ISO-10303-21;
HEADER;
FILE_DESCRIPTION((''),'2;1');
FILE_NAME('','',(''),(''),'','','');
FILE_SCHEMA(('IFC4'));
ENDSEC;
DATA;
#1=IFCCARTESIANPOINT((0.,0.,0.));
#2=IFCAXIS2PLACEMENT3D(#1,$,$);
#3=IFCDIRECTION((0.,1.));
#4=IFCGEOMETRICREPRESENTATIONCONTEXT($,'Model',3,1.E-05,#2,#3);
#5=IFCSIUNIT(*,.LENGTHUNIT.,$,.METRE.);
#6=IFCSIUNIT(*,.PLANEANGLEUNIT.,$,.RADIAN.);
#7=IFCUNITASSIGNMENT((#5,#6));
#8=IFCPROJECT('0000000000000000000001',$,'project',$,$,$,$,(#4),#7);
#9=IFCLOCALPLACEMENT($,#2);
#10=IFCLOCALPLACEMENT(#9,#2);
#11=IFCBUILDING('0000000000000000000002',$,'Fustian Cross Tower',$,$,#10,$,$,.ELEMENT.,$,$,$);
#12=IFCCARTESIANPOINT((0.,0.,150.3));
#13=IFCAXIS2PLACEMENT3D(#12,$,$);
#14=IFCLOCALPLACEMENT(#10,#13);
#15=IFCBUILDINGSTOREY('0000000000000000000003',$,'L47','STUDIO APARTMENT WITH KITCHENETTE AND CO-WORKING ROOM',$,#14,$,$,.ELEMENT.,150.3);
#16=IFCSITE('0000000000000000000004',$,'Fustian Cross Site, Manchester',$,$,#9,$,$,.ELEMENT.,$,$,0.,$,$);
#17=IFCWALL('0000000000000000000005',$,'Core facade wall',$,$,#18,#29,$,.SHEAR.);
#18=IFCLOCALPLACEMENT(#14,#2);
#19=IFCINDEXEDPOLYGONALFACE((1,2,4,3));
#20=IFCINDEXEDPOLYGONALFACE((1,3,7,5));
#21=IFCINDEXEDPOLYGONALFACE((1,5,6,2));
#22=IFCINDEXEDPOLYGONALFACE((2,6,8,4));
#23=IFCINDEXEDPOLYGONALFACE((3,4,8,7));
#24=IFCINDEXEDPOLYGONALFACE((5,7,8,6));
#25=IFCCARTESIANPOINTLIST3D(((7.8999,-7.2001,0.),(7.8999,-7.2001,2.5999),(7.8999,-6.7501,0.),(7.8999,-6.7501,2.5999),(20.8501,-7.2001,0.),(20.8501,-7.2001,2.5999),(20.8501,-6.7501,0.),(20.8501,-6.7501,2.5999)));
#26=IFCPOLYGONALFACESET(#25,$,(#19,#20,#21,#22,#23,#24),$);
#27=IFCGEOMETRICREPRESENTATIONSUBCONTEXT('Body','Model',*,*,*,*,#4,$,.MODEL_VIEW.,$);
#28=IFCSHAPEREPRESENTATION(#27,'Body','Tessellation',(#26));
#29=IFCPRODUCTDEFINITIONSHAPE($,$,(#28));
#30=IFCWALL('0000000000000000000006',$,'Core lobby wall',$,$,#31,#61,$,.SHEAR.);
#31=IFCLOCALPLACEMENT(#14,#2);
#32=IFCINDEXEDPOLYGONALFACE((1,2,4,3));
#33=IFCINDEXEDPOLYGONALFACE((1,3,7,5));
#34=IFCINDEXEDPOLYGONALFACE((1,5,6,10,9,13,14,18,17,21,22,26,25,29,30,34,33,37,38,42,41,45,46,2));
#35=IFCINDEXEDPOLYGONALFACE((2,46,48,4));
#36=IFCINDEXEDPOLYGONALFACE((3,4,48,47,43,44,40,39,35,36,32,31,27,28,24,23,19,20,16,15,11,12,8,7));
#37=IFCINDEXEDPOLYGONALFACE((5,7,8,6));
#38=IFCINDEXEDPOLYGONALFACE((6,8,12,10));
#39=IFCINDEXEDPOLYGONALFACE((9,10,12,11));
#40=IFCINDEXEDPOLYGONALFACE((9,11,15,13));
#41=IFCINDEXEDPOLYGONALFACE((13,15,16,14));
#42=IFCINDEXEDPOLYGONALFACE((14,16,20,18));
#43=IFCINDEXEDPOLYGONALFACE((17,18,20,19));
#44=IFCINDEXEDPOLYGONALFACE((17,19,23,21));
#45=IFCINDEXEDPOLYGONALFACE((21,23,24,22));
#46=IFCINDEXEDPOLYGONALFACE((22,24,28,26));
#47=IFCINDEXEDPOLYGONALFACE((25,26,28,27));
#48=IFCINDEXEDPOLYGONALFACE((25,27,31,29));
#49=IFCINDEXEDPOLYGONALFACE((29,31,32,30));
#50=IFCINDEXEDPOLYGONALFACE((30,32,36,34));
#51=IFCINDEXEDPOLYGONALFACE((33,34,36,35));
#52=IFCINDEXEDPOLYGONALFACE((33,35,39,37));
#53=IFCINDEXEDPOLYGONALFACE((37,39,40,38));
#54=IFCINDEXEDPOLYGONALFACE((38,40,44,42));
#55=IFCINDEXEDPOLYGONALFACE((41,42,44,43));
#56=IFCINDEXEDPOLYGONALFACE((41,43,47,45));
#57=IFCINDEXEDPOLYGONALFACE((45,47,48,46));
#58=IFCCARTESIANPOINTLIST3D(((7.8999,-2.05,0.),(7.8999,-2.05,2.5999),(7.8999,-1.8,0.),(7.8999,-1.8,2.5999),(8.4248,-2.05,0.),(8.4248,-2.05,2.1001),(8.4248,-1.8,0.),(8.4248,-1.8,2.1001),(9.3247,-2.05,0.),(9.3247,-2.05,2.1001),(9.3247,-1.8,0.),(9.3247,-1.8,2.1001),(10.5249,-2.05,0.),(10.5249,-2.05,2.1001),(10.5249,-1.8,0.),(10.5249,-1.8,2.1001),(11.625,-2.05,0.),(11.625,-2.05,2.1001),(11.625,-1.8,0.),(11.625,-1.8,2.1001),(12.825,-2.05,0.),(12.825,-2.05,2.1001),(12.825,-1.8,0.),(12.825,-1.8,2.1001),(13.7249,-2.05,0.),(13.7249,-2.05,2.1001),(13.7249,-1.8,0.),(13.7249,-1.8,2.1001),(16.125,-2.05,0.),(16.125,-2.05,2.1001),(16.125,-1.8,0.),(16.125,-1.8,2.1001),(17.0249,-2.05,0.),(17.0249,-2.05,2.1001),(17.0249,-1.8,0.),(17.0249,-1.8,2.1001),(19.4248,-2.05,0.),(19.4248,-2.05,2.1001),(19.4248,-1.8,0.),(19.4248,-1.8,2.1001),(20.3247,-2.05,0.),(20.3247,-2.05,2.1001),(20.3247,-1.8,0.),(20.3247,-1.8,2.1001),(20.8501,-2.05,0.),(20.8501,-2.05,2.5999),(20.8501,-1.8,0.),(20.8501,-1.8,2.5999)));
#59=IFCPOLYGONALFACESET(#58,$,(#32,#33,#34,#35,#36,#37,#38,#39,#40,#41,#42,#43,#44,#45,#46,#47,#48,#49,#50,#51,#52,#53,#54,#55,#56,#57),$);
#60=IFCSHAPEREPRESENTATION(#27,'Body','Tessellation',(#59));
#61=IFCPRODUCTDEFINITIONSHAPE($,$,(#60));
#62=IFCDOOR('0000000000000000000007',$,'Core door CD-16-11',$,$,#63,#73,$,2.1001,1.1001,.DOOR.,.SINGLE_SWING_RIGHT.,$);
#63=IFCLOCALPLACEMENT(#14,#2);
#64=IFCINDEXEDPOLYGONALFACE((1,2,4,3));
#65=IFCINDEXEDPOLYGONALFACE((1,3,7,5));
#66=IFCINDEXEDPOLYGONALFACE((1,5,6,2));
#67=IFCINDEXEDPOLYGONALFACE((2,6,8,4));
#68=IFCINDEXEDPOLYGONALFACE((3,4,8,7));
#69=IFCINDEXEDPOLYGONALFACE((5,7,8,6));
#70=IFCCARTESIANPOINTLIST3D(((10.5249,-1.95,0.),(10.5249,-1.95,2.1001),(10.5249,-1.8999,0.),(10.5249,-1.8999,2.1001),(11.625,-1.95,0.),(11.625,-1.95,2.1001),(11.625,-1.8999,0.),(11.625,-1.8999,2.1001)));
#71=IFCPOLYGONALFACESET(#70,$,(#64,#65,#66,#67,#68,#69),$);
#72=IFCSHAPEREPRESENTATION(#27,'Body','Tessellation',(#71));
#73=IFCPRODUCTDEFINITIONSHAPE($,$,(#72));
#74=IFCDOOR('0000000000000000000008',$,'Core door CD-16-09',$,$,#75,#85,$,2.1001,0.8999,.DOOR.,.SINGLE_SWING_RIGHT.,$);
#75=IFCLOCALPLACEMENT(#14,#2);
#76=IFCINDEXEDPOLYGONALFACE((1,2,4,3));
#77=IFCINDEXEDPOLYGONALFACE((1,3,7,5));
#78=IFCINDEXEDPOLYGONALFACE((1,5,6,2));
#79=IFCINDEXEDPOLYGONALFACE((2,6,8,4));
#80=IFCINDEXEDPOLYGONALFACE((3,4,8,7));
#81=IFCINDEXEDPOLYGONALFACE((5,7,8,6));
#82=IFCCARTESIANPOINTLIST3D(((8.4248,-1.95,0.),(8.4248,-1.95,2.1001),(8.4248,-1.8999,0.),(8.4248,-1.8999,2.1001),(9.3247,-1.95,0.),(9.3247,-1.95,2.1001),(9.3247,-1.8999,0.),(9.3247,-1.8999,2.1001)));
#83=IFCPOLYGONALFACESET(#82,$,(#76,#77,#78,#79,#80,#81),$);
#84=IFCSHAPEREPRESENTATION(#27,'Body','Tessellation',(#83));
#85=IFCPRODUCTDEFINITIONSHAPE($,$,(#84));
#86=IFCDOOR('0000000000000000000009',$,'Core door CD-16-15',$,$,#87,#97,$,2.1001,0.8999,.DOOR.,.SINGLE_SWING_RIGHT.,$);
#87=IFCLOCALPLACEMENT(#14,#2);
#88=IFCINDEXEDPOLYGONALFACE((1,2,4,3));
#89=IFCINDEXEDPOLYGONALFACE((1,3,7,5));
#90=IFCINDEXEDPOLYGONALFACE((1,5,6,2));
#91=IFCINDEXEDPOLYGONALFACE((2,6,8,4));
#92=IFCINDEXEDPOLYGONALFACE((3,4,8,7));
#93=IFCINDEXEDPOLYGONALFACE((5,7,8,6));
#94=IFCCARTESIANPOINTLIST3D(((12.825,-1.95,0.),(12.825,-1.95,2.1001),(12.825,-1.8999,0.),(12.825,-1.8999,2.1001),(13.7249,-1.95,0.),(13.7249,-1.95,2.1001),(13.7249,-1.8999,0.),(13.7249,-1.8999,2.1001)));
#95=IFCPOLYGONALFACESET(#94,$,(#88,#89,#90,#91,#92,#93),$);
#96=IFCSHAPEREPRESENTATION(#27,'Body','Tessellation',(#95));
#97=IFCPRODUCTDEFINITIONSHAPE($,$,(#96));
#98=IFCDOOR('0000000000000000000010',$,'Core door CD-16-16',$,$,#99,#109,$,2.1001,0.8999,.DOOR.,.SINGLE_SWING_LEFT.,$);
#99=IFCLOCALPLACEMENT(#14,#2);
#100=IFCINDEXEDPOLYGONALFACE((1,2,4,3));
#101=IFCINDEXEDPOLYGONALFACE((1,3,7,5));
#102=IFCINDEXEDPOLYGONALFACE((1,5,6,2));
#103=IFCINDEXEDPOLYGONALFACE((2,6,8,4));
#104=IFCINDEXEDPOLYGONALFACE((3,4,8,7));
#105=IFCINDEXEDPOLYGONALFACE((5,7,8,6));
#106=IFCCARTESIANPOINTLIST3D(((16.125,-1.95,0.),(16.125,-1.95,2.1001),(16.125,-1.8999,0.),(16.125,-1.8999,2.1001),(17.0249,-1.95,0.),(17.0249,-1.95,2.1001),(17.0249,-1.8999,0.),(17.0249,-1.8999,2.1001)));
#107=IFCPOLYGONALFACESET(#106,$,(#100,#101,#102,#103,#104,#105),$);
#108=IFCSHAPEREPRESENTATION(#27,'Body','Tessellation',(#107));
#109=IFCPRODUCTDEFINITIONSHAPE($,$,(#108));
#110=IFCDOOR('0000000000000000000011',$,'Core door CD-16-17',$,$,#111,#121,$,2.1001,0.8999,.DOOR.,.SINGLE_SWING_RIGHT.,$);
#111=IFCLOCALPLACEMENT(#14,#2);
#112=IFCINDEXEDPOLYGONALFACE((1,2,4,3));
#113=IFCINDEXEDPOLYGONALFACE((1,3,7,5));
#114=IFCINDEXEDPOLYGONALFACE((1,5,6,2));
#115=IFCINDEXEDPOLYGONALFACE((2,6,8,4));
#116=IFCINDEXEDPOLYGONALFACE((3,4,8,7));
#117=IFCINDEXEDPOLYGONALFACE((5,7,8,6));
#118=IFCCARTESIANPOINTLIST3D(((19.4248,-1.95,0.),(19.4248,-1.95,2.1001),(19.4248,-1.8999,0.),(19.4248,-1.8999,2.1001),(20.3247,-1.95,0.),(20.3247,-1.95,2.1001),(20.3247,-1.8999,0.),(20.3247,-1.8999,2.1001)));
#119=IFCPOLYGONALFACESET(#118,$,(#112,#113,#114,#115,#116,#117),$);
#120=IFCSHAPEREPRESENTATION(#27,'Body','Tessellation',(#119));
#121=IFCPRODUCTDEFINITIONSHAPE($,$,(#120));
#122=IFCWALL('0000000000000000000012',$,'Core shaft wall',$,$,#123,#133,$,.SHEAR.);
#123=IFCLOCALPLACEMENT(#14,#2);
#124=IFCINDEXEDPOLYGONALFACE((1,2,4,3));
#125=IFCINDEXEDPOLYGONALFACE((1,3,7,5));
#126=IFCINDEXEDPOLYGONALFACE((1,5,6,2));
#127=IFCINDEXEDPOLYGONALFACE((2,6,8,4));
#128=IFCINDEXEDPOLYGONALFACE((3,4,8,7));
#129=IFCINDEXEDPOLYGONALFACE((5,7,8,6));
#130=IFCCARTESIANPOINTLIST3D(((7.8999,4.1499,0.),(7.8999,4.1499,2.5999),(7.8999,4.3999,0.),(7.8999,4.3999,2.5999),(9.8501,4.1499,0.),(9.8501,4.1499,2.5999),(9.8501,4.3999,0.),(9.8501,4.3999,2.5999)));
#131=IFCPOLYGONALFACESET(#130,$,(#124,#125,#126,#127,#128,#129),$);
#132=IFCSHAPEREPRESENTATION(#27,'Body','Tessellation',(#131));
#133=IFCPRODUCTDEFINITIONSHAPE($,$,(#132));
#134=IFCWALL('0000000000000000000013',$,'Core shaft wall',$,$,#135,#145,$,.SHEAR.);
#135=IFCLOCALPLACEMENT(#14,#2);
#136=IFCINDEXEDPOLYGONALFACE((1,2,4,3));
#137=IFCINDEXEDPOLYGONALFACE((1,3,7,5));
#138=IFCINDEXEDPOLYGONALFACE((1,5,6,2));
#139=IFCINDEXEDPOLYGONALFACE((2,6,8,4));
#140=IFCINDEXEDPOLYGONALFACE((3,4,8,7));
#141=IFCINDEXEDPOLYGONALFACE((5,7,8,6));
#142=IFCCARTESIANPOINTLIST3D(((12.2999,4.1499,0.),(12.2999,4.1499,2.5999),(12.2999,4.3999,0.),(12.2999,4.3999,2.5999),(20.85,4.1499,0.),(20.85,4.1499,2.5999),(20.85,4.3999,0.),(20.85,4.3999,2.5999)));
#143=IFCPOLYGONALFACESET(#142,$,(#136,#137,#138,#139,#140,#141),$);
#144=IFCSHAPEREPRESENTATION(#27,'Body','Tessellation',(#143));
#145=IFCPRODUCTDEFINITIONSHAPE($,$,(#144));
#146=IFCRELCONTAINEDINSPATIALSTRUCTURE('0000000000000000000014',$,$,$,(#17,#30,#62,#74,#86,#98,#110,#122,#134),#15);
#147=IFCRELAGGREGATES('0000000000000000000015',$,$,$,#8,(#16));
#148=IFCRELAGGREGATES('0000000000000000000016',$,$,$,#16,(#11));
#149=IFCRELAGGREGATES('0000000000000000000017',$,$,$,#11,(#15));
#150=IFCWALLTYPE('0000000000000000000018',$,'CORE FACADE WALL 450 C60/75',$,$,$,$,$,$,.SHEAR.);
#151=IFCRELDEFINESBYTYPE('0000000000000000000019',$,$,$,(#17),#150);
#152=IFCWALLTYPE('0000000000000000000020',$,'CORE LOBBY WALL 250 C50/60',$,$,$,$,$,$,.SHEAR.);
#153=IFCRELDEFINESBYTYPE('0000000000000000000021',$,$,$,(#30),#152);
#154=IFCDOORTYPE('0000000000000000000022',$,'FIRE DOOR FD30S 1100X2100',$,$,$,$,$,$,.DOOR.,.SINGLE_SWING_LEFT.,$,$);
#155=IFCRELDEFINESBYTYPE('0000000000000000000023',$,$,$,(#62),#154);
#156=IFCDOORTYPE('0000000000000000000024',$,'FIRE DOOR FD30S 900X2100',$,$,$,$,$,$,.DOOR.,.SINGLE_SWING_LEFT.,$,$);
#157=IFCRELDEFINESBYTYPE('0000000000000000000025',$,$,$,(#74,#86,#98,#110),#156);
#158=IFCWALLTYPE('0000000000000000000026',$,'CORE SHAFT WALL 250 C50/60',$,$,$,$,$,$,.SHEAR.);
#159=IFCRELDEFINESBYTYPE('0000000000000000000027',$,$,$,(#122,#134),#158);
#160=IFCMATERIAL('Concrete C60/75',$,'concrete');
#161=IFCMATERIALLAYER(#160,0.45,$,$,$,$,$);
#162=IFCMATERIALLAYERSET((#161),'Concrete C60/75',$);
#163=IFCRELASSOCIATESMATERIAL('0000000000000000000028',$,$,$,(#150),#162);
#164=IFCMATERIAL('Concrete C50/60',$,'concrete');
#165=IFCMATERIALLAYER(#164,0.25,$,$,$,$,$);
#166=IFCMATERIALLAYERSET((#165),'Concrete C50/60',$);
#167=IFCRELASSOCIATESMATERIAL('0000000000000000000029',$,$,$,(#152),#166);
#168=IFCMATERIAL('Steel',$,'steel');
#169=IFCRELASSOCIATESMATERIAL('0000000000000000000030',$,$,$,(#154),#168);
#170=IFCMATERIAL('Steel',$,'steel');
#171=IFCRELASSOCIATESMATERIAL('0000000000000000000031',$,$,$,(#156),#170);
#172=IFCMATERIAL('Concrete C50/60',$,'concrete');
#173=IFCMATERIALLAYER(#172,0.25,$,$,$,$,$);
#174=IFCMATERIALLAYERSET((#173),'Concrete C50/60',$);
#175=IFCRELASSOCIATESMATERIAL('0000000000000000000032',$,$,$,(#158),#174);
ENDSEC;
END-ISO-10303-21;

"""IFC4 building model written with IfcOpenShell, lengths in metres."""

from ifc_helpers import new_model, si_unit, direction, frame, frame_2d, origin, place, context, subcontext, project, spatial, rectangle, extrude, material, layer, layer_set, type_object, element, fill, save


model = new_model("IFC4")

# Units and contexts
model_context = context("Model", 3, precision=1e-05, world=origin(), true_north=direction((0.0, 1.0)))
body_context = subcontext(model_context, "Body", "Model", "MODEL_VIEW")
ifc_project = project(units=[si_unit("LENGTHUNIT", "METRE"), si_unit("PLANEANGLEUNIT", "RADIAN")], contexts=[model_context])

# Site, building, storey
site_placement = place(None, origin())
site = spatial("IfcSite", under=ifc_project, at=site_placement, Name="Fustian Cross Site, Manchester", CompositionType="ELEMENT", RefElevation=0.0)
building_placement = place(site_placement, origin())
building = spatial("IfcBuilding", under=site, at=building_placement, Name="Fustian Cross Tower", CompositionType="ELEMENT")
storey_placement = place(building_placement, frame((0.0, 0.0, 150.3)))
storey = spatial("IfcBuildingStorey", under=building, at=storey_placement, Name="L47", Description="STUDIO APARTMENT WITH KITCHENETTE AND CO-WORKING ROOM", CompositionType="ELEMENT", Elevation=150.3)

# Wall
ifc_material_1 = material(Name="Concrete C60/75", Category="concrete")
ifc_layer_1 = layer(ifc_material_1, 0.45)
ifc_layer_set_1 = layer_set([ifc_layer_1], Name="Concrete C60/75")
wall_type_1 = type_object("IfcWallType", Name="CORE FACADE WALL 450 C60/75", PredefinedType="SHEAR", material=ifc_layer_set_1)
wall_1_placement = place(storey_placement, frame((7.8999, -6.9751, 0.0), z_axis=(0.0, 0.0, 1.0), x_axis=(1.0, 0.0, 0.0)))
element("IfcWall", 1, at=wall_1_placement, inside=storey, type_object=wall_type_1, Name="Core facade wall", PredefinedType="SHEAR", context=body_context, shape_type="SweptSolid", body=[
    extrude(rectangle(XDim=12.9502, YDim=0.45, at=frame_2d((6.4751, 0.0))), origin(), (0.0, 0.0, 1.0), 2.5999),
])

# Wall, openings, doors
ifc_material_2 = material(Name="Concrete C50/60", Category="concrete")
ifc_layer_2 = layer(ifc_material_2, 0.25)
ifc_layer_set_2 = layer_set([ifc_layer_2], Name="Concrete C50/60")
wall_type_2 = type_object("IfcWallType", Name="CORE LOBBY WALL 250 C50/60", PredefinedType="SHEAR", material=ifc_layer_set_2)
wall_2_placement = place(storey_placement, frame((7.8999, -1.925, 0.0), z_axis=(0.0, 0.0, 1.0), x_axis=(1.0, 0.0, 0.0)))
wall_2 = element("IfcWall", 2, at=wall_2_placement, inside=storey, type_object=wall_type_2, Name="Core lobby wall", PredefinedType="SHEAR", context=body_context, shape_type="SweptSolid", body=[
    extrude(rectangle(XDim=12.9502, YDim=0.25, at=frame_2d((6.4751, 0.0))), origin(), (0.0, 0.0, 1.0), 2.5999),
])
opening_1_placement = place(wall_2_placement, frame((0.5249, 0.0, 0.0)))
opening_1 = element("IfcOpeningElement", 3, at=opening_1_placement, cuts=wall_2, PredefinedType="OPENING", context=body_context, shape_type="SweptSolid", body=[
    extrude(rectangle(XDim=0.8999, YDim=2.1001, at=frame_2d((0.45, 1.05))), frame((0.0, 0.135, 0.0), z_axis=(0.0, -1.0, 0.0), x_axis=(1.0, 0.0, 0.0)), (0.0, 0.0, 1.0), 0.27),
])
opening_2_placement = place(wall_2_placement, frame((2.625, 0.0, 0.0)))
opening_2 = element("IfcOpeningElement", 4, at=opening_2_placement, cuts=wall_2, PredefinedType="OPENING", context=body_context, shape_type="SweptSolid", body=[
    extrude(rectangle(XDim=1.1001, YDim=2.1001, at=frame_2d((0.55, 1.05))), frame((0.0, 0.135, 0.0), z_axis=(0.0, -1.0, 0.0), x_axis=(1.0, 0.0, 0.0)), (0.0, 0.0, 1.0), 0.27),
])
opening_3_placement = place(wall_2_placement, frame((4.925, 0.0, 0.0)))
opening_3 = element("IfcOpeningElement", 5, at=opening_3_placement, cuts=wall_2, PredefinedType="OPENING", context=body_context, shape_type="SweptSolid", body=[
    extrude(rectangle(XDim=0.8999, YDim=2.1001, at=frame_2d((0.45, 1.05))), frame((0.0, 0.135, 0.0), z_axis=(0.0, -1.0, 0.0), x_axis=(1.0, 0.0, 0.0)), (0.0, 0.0, 1.0), 0.27),
])
opening_4_placement = place(wall_2_placement, frame((8.2251, 0.0, 0.0)))
opening_4 = element("IfcOpeningElement", 6, at=opening_4_placement, cuts=wall_2, PredefinedType="OPENING", context=body_context, shape_type="SweptSolid", body=[
    extrude(rectangle(XDim=0.8999, YDim=2.1001, at=frame_2d((0.45, 1.05))), frame((0.0, 0.135, 0.0), z_axis=(0.0, -1.0, 0.0), x_axis=(1.0, 0.0, 0.0)), (0.0, 0.0, 1.0), 0.27),
])
opening_5_placement = place(wall_2_placement, frame((11.5249, 0.0, 0.0)))
opening_5 = element("IfcOpeningElement", 7, at=opening_5_placement, cuts=wall_2, PredefinedType="OPENING", context=body_context, shape_type="SweptSolid", body=[
    extrude(rectangle(XDim=0.8999, YDim=2.1001, at=frame_2d((0.45, 1.05))), frame((0.0, 0.135, 0.0), z_axis=(0.0, -1.0, 0.0), x_axis=(1.0, 0.0, 0.0)), (0.0, 0.0, 1.0), 0.27),
])
ifc_material_3 = material(Name="Steel", Category="steel")
door_type_1 = type_object("IfcDoorType", Name="FIRE DOOR FD30S 1100X2100", OperationType="SINGLE_SWING_LEFT", PredefinedType="DOOR", material=ifc_material_3)
door_1_placement = place(opening_2_placement, frame((1.1001, 0.0, 0.0), z_axis=(0.0, 0.0, 1.0), x_axis=(-1.0, 0.0, 0.0)))
door_1 = element("IfcDoor", 8, at=door_1_placement, inside=storey, type_object=door_type_1, Name="Core door CD-16-11", OperationType="SINGLE_SWING_RIGHT", OverallHeight=2.1001, OverallWidth=1.1001, PredefinedType="DOOR", context=body_context, shape_type="SweptSolid", body=[
    extrude(rectangle(XDim=1.1001, YDim=2.1001, at=frame_2d((0.55, 1.05))), frame((0.0, 0.0249, 0.0), z_axis=(0.0, -1.0, 0.0), x_axis=(1.0, 0.0, 0.0)), (0.0, 0.0, 1.0), 0.05),
])
fill(opening_2, door_1)
ifc_material_4 = material(Name="Steel", Category="steel")
door_type_2 = type_object("IfcDoorType", Name="FIRE DOOR FD30S 900X2100", OperationType="SINGLE_SWING_LEFT", PredefinedType="DOOR", material=ifc_material_4)
door_2_placement = place(opening_1_placement, frame((0.8999, 0.0, 0.0), z_axis=(0.0, 0.0, 1.0), x_axis=(-1.0, 0.0, 0.0)))
door_2 = element("IfcDoor", 9, at=door_2_placement, inside=storey, type_object=door_type_2, Name="Core door CD-16-09", OperationType="SINGLE_SWING_RIGHT", OverallHeight=2.1001, OverallWidth=0.8999, PredefinedType="DOOR", context=body_context, shape_type="SweptSolid", body=[
    extrude(rectangle(XDim=0.8999, YDim=2.1001, at=frame_2d((0.45, 1.05))), frame((0.0, 0.0249, 0.0), z_axis=(0.0, -1.0, 0.0), x_axis=(1.0, 0.0, 0.0)), (0.0, 0.0, 1.0), 0.05),
])
fill(opening_1, door_2)
door_3_placement = place(opening_3_placement, frame((0.8999, 0.0, 0.0), z_axis=(0.0, 0.0, 1.0), x_axis=(-1.0, 0.0, 0.0)))
door_3 = element("IfcDoor", 10, at=door_3_placement, inside=storey, type_object=door_type_2, Name="Core door CD-16-15", OperationType="SINGLE_SWING_RIGHT", OverallHeight=2.1001, OverallWidth=0.8999, PredefinedType="DOOR", context=body_context, shape_type="SweptSolid", body=[
    extrude(rectangle(XDim=0.8999, YDim=2.1001, at=frame_2d((0.45, 1.05))), frame((0.0, 0.0249, 0.0), z_axis=(0.0, -1.0, 0.0), x_axis=(1.0, 0.0, 0.0)), (0.0, 0.0, 1.0), 0.05),
])
fill(opening_3, door_3)
door_4_placement = place(opening_4_placement, frame((0.8999, 0.0, 0.0), z_axis=(0.0, 0.0, 1.0), x_axis=(-1.0, 0.0, 0.0)))
door_4 = element("IfcDoor", 11, at=door_4_placement, inside=storey, type_object=door_type_2, Name="Core door CD-16-16", OperationType="SINGLE_SWING_LEFT", OverallHeight=2.1001, OverallWidth=0.8999, PredefinedType="DOOR", context=body_context, shape_type="SweptSolid", body=[
    extrude(rectangle(XDim=0.8999, YDim=2.1001, at=frame_2d((0.45, 1.05))), frame((0.0, 0.0249, 0.0), z_axis=(0.0, -1.0, 0.0), x_axis=(1.0, 0.0, 0.0)), (0.0, 0.0, 1.0), 0.05),
])
fill(opening_4, door_4)
door_5_placement = place(opening_5_placement, frame((0.8999, 0.0, 0.0), z_axis=(0.0, 0.0, 1.0), x_axis=(-1.0, 0.0, 0.0)))
door_5 = element("IfcDoor", 12, at=door_5_placement, inside=storey, type_object=door_type_2, Name="Core door CD-16-17", OperationType="SINGLE_SWING_RIGHT", OverallHeight=2.1001, OverallWidth=0.8999, PredefinedType="DOOR", context=body_context, shape_type="SweptSolid", body=[
    extrude(rectangle(XDim=0.8999, YDim=2.1001, at=frame_2d((0.45, 1.05))), frame((0.0, 0.0249, 0.0), z_axis=(0.0, -1.0, 0.0), x_axis=(1.0, 0.0, 0.0)), (0.0, 0.0, 1.0), 0.05),
])
fill(opening_5, door_5)

# Walls
ifc_material_5 = material(Name="Concrete C50/60", Category="concrete")
ifc_layer_3 = layer(ifc_material_5, 0.25)
ifc_layer_set_3 = layer_set([ifc_layer_3], Name="Concrete C50/60")
wall_type_3 = type_object("IfcWallType", Name="CORE SHAFT WALL 250 C50/60", PredefinedType="SHEAR", material=ifc_layer_set_3)
wall_3_placement = place(storey_placement, frame((7.8999, 4.2749, 0.0), z_axis=(0.0, 0.0, 1.0), x_axis=(1.0, 0.0, 0.0)))
element("IfcWall", 13, at=wall_3_placement, inside=storey, type_object=wall_type_3, Name="Core shaft wall", PredefinedType="SHEAR", context=body_context, shape_type="SweptSolid", body=[
    extrude(rectangle(XDim=1.9502, YDim=0.25, at=frame_2d((0.9751, 0.0))), origin(), (0.0, 0.0, 1.0), 2.5999),
])
wall_4_placement = place(storey_placement, frame((12.3, 4.2749, 0.0), z_axis=(0.0, 0.0, 1.0), x_axis=(1.0, 0.0, 0.0)))
element("IfcWall", 14, at=wall_4_placement, inside=storey, type_object=wall_type_3, Name="Core shaft wall", PredefinedType="SHEAR", context=body_context, shape_type="SweptSolid", body=[
    extrude(rectangle(XDim=8.55, YDim=0.25, at=frame_2d((4.2749, 0.0))), origin(), (0.0, 0.0, 1.0), 2.5999),
])

save(model, "model.ifc")
